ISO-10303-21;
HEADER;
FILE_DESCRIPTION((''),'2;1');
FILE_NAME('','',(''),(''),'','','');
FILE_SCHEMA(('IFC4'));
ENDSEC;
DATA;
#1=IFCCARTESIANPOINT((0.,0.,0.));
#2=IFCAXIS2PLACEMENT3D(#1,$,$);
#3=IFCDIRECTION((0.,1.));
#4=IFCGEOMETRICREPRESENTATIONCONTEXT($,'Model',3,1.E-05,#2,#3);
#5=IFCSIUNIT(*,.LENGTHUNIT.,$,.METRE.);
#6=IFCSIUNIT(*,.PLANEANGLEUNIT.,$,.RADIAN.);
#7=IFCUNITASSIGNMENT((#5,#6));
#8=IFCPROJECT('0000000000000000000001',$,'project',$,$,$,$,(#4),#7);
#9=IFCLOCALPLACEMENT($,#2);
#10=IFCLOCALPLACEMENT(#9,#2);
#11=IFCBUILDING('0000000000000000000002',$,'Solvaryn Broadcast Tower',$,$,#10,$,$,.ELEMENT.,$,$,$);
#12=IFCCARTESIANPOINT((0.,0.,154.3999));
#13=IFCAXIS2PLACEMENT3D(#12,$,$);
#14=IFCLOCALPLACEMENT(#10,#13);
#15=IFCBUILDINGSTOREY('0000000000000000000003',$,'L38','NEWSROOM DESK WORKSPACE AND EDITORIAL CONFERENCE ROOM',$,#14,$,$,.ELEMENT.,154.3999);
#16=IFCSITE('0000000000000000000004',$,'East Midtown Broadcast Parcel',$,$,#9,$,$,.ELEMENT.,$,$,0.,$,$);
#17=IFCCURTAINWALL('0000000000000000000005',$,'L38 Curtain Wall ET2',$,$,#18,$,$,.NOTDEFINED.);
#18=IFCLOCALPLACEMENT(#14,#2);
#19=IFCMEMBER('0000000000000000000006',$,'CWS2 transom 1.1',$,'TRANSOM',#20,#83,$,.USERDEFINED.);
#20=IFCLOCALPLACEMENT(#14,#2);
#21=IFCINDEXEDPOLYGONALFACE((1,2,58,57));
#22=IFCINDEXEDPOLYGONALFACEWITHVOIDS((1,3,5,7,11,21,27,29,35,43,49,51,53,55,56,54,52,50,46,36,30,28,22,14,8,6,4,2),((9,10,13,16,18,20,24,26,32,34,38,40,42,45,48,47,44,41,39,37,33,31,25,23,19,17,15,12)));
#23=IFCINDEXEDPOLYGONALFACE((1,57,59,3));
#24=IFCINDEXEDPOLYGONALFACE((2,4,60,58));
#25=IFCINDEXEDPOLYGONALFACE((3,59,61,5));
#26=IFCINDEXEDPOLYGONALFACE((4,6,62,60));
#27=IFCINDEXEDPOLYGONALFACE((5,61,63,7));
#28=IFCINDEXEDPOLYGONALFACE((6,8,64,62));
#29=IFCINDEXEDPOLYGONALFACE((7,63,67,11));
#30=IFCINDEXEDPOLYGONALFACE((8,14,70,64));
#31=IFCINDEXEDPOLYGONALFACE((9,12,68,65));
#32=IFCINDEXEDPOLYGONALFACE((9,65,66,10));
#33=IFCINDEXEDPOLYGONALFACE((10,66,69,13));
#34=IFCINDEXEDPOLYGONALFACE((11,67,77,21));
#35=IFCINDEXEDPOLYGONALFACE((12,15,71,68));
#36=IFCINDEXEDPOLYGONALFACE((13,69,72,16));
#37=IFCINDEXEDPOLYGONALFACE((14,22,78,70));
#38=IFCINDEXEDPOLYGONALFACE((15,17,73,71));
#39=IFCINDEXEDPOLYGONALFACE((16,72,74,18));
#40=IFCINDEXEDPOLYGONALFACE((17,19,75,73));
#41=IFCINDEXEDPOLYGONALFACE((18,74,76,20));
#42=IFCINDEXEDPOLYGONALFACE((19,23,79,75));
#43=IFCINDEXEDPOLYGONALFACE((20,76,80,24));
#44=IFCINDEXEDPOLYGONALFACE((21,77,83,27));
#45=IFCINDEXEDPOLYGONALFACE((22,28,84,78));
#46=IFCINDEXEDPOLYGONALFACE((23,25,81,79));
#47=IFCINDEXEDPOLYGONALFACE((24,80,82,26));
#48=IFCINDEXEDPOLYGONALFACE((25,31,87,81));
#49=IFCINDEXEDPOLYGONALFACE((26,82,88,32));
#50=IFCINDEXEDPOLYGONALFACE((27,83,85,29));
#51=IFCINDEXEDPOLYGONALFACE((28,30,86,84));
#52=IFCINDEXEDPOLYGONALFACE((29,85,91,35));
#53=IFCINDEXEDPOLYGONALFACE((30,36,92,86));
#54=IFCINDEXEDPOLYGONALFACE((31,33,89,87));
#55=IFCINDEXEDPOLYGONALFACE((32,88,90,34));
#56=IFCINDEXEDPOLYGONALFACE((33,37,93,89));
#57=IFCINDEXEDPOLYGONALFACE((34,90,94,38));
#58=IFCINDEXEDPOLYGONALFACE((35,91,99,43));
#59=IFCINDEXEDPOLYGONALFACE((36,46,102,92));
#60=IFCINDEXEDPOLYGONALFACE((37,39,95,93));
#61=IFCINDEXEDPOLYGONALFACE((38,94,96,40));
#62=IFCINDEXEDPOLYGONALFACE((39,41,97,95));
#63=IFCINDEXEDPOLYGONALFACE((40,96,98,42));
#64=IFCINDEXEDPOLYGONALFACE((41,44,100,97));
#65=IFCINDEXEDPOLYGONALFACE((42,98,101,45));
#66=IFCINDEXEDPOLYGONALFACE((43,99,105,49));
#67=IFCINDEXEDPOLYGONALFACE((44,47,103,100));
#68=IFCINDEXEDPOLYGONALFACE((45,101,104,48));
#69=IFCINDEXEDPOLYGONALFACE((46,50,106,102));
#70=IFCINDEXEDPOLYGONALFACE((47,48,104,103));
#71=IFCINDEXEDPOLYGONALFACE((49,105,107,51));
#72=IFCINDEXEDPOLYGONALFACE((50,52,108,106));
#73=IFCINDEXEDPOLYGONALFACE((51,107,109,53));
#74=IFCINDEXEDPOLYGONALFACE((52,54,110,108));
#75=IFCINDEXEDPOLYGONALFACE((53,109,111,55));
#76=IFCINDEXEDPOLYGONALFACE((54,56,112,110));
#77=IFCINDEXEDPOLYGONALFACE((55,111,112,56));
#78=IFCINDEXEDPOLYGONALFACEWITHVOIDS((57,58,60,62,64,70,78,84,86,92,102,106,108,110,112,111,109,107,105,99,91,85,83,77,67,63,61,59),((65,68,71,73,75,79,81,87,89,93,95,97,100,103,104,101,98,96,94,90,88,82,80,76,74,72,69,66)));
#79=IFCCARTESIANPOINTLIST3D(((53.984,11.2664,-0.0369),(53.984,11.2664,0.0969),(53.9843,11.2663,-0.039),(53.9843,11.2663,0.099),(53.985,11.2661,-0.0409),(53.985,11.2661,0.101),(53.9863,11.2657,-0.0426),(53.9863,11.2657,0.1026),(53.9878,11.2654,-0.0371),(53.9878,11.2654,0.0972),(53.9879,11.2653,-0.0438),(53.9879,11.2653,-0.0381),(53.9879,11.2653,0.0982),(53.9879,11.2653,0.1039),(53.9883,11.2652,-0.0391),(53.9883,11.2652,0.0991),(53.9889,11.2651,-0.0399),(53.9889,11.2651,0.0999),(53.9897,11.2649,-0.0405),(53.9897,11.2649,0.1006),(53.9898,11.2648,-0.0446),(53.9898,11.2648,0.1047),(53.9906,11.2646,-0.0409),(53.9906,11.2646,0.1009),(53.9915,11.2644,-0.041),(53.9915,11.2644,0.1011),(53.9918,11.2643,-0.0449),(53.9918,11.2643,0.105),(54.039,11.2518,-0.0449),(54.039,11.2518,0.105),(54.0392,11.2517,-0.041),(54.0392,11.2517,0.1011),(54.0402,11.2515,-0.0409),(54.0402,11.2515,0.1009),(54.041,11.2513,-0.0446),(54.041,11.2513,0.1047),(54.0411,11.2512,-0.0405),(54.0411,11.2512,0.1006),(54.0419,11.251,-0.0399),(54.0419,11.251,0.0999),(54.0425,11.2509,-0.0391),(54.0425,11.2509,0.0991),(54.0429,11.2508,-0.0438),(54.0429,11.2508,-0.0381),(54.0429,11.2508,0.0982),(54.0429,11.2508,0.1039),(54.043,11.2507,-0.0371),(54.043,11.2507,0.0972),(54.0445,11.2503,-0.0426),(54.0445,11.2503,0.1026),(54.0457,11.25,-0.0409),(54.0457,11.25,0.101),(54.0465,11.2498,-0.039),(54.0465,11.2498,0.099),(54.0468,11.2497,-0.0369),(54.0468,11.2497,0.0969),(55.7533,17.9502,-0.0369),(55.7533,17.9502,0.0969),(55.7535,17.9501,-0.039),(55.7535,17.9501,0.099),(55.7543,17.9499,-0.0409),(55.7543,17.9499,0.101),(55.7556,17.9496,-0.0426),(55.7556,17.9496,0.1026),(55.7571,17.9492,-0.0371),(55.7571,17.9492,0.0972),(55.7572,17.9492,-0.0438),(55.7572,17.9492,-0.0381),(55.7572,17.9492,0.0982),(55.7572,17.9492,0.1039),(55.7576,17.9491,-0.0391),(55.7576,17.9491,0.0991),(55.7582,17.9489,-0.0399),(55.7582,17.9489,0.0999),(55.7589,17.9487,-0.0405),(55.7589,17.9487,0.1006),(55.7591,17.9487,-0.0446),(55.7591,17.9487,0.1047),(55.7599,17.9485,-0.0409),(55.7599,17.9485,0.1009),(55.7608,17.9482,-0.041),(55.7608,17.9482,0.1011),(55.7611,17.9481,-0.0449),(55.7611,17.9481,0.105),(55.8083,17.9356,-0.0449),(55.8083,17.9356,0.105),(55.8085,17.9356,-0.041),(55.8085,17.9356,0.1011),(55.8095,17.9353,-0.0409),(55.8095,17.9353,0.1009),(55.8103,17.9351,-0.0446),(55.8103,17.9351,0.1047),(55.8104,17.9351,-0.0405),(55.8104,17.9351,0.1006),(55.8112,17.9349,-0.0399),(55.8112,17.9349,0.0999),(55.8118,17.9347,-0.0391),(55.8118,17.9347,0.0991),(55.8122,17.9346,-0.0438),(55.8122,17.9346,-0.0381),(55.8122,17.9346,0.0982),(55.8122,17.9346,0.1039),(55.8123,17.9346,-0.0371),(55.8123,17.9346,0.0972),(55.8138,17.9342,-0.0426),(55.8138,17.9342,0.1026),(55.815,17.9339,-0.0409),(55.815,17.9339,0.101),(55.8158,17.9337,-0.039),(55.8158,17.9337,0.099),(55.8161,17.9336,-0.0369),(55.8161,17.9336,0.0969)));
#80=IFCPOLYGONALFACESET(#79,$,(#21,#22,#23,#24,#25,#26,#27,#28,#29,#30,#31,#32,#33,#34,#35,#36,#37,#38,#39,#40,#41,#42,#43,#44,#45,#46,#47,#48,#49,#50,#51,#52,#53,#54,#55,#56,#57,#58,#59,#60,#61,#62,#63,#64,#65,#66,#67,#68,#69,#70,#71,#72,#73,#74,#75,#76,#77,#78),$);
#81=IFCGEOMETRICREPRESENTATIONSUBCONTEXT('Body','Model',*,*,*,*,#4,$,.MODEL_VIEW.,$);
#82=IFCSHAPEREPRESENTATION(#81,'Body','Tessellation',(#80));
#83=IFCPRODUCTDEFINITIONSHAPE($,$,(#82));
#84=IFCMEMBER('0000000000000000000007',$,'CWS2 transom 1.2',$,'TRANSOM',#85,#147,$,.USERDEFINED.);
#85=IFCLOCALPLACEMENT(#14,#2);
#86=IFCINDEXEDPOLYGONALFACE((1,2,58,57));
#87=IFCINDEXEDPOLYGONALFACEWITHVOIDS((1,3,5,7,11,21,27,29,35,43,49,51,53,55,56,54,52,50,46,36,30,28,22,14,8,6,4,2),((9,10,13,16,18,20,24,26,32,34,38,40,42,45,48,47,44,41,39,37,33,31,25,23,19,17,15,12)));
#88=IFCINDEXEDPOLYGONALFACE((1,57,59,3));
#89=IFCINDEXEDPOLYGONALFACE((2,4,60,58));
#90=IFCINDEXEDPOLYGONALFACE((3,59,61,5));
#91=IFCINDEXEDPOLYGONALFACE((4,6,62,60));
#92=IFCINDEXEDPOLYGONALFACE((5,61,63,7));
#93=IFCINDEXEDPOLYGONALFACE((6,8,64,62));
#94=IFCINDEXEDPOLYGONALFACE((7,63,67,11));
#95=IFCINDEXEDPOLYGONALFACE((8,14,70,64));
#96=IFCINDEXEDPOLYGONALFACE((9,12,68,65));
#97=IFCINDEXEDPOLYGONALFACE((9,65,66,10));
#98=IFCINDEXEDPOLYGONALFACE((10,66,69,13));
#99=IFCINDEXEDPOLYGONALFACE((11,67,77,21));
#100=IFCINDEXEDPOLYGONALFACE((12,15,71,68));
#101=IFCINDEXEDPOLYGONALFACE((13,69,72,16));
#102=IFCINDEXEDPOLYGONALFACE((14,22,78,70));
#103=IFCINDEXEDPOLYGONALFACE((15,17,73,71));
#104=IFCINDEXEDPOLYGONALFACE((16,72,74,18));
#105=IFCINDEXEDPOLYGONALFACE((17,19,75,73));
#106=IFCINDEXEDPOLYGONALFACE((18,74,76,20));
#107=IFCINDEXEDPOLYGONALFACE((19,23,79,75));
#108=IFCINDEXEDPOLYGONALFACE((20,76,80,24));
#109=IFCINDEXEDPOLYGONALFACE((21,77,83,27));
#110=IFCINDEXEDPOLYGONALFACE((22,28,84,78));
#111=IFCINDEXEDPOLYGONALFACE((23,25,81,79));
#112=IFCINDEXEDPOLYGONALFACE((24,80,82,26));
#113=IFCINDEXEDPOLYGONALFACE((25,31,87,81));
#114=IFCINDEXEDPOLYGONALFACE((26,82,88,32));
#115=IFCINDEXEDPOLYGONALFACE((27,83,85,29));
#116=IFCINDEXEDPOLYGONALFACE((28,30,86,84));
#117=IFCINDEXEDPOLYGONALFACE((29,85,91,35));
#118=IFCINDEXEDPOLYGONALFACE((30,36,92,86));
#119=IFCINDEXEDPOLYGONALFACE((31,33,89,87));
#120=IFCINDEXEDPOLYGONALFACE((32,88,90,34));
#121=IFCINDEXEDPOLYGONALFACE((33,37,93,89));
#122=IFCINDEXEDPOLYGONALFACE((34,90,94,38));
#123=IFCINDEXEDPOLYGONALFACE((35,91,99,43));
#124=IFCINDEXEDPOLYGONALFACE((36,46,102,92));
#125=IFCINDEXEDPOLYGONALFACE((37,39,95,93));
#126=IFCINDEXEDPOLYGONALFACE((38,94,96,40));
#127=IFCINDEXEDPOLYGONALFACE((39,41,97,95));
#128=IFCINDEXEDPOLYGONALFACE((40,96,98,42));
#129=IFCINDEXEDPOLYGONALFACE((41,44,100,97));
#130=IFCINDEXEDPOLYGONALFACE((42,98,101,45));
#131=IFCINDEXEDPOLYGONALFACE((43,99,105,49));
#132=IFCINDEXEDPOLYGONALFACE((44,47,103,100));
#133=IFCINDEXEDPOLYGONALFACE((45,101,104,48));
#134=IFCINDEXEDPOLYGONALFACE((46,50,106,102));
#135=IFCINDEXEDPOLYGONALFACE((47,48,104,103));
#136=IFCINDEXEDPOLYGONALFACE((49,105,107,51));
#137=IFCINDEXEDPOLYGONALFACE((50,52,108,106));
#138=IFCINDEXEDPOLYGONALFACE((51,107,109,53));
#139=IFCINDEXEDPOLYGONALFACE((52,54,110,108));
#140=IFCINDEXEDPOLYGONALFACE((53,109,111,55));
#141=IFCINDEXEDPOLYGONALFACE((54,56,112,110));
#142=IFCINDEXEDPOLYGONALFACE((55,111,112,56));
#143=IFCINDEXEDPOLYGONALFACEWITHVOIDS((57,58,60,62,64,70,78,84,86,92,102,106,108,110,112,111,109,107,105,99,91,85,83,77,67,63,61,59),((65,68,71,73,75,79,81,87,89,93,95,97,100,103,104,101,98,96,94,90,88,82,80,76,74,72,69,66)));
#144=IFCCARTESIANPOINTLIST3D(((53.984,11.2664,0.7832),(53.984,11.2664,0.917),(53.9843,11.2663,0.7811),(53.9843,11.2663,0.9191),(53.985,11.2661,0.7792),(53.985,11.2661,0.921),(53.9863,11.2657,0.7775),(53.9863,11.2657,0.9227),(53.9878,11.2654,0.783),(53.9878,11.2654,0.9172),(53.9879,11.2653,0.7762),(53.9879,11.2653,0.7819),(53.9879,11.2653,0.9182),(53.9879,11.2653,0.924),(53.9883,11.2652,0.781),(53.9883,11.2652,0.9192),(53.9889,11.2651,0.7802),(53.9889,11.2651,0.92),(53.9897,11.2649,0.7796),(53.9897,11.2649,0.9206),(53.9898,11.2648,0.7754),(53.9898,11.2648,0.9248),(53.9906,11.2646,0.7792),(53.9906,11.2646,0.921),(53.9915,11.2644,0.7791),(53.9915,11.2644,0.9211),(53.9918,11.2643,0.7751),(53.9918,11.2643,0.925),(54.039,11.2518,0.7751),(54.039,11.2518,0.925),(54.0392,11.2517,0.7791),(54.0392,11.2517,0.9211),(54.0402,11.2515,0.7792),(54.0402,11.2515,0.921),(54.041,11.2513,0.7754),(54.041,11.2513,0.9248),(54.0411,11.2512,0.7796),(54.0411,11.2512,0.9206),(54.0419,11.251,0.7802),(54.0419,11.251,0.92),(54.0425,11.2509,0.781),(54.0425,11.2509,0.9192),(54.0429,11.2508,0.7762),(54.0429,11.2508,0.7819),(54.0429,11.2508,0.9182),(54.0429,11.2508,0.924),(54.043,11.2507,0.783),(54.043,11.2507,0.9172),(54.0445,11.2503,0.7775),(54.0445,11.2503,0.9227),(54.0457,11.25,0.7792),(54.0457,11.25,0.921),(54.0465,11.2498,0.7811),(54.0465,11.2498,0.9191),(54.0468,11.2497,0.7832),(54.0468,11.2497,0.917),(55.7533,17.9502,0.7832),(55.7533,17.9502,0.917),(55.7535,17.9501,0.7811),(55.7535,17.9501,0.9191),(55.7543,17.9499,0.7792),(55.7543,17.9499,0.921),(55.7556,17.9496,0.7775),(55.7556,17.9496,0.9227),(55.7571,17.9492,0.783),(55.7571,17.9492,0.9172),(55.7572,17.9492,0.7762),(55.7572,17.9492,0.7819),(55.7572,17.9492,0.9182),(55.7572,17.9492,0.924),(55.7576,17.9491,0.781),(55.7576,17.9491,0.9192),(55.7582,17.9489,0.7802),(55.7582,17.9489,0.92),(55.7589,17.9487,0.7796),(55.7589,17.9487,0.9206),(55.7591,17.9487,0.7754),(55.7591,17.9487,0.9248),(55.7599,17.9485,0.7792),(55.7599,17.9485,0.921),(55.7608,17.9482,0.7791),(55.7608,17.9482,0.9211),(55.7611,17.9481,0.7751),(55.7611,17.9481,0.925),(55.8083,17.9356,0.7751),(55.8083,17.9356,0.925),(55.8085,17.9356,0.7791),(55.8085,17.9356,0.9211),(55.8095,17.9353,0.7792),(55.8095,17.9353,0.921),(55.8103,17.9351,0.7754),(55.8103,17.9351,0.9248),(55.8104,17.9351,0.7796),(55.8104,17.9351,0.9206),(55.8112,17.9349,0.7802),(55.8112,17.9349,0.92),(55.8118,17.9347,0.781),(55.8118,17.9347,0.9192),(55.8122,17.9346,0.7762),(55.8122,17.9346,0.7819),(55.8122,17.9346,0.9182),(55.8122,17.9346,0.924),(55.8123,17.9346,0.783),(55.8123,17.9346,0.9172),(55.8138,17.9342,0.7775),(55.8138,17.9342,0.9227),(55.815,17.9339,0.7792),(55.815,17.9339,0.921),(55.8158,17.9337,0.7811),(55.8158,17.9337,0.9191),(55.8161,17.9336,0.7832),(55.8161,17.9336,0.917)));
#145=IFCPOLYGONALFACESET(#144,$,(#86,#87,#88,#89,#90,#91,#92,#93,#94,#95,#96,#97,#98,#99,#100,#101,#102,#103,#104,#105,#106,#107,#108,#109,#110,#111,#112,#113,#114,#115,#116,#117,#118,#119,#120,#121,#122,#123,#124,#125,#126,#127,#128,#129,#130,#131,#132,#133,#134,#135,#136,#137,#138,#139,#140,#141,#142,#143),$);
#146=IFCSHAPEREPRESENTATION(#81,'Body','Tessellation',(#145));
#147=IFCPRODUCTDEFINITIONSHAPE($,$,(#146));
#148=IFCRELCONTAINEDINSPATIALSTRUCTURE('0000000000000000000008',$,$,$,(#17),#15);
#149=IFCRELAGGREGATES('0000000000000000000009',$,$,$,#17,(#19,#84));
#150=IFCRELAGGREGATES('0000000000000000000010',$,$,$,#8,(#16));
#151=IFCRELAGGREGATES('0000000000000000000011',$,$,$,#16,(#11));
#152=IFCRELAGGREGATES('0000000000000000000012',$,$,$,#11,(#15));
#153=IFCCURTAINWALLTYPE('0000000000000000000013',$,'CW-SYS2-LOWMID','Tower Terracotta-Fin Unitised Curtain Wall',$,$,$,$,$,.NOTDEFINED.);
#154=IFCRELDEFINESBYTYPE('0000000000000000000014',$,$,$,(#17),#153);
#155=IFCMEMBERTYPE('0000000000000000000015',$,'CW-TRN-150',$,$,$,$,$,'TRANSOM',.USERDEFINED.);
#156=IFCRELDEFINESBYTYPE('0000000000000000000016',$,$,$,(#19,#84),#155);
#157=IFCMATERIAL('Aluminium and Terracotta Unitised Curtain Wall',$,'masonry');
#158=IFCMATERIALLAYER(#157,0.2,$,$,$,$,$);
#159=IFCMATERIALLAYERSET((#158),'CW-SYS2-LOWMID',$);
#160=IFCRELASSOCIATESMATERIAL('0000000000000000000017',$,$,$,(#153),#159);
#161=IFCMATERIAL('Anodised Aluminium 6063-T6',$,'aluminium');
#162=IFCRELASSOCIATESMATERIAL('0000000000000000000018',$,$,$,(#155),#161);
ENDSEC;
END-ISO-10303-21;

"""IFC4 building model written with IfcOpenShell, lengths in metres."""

from ifc_helpers import new_model, si_unit, direction, frame, origin, origin_2d, place, context, subcontext, project, spatial, hollow_rectangle, extrude, material, layer, layer_set, material_profile, profile_set, type_object, element, aggregate, save


model = new_model("IFC4")

# Units and contexts
model_context = context("Model", 3, precision=1e-05, world=origin(), true_north=direction((0.0, 1.0)))
body_context = subcontext(model_context, "Body", "Model", "MODEL_VIEW")
ifc_project = project(units=[si_unit("LENGTHUNIT", "METRE"), si_unit("PLANEANGLEUNIT", "RADIAN")], contexts=[model_context])

# Site, building, storey
site_placement = place(None, origin())
site = spatial("IfcSite", under=ifc_project, at=site_placement, Name="East Midtown Broadcast Parcel", CompositionType="ELEMENT", RefElevation=0.0)
building_placement = place(site_placement, origin())
building = spatial("IfcBuilding", under=site, at=building_placement, Name="Solvaryn Broadcast Tower", CompositionType="ELEMENT")
storey_placement = place(building_placement, frame((0.0, 0.0, 154.3999)))
storey = spatial("IfcBuildingStorey", under=building, at=storey_placement, Name="L38", Description="NEWSROOM DESK WORKSPACE AND EDITORIAL CONFERENCE ROOM", CompositionType="ELEMENT", Elevation=154.3999)

# Shared definitions
ifc_material_1 = material(Name="Aluminium and Terracotta Unitised Curtain Wall", Category="masonry")
ifc_layer_1 = layer(ifc_material_1, 0.2)
ifc_layer_set_1 = layer_set([ifc_layer_1], Name="CW-SYS2-LOWMID")
curtain_wall_type = type_object("IfcCurtainWallType", Name="CW-SYS2-LOWMID", Description="Tower Terracotta-Fin Unitised Curtain Wall", PredefinedType="NOTDEFINED", material=ifc_layer_set_1)

# Curtain wall, members
curtain_wall_1_placement = place(storey_placement, origin())
curtain_wall_1 = element("IfcCurtainWall", 1, at=curtain_wall_1_placement, inside=storey, type_object=curtain_wall_type, Name="L38 Curtain Wall ET2", PredefinedType="NOTDEFINED")
ifc_material_2 = material(Name="Anodised Aluminium 6063-T6", Category="aluminium")
ifc_material_profile_1 = material_profile(ifc_material_2, hollow_rectangle(XDim=0.0649, YDim=0.1499, WallThickness=0.0039, InnerFilletRadius=0.0039, OuterFilletRadius=0.0081, at=origin_2d()))
ifc_profile_set_1 = profile_set([ifc_material_profile_1], Name="Anodised Aluminium 6063-T6")
member_type_1 = type_object("IfcMemberType", Name="CW-TRN-150", ElementType="TRANSOM", PredefinedType="USERDEFINED", material=ifc_profile_set_1)
member_1_placement = place(storey_placement, frame((55.7847, 17.9419, 0.03), z_axis=(-0.255897, -0.966704, 0.0), x_axis=(0.966704, -0.255897, 0.0)))
member_1 = element("IfcMember", 2, at=member_1_placement, type_object=member_type_1, Name="CWS2 transom 1.1", ObjectType="TRANSOM", PredefinedType="USERDEFINED", context=body_context, shape_type="SweptSolid", body=[
    extrude(hollow_rectangle(XDim=0.0649, YDim=0.1499, WallThickness=0.0039, InnerFilletRadius=0.0039, OuterFilletRadius=0.0081, at=origin_2d()), origin(), (0.0, 0.0, 1.0), 6.9141),
])
member_2_placement = place(storey_placement, frame((55.7847, 17.9419, 0.8501), z_axis=(-0.255897, -0.966704, 0.0), x_axis=(0.966704, -0.255897, 0.0)))
member_2 = element("IfcMember", 3, at=member_2_placement, type_object=member_type_1, Name="CWS2 transom 1.2", ObjectType="TRANSOM", PredefinedType="USERDEFINED", context=body_context, shape_type="SweptSolid", body=[
    extrude(hollow_rectangle(XDim=0.0649, YDim=0.1499, WallThickness=0.0039, InnerFilletRadius=0.0039, OuterFilletRadius=0.0081, at=origin_2d()), origin(), (0.0, 0.0, 1.0), 6.9141),
])

aggregate(curtain_wall_1, [member_1, member_2])

save(model, "model.ifc")
